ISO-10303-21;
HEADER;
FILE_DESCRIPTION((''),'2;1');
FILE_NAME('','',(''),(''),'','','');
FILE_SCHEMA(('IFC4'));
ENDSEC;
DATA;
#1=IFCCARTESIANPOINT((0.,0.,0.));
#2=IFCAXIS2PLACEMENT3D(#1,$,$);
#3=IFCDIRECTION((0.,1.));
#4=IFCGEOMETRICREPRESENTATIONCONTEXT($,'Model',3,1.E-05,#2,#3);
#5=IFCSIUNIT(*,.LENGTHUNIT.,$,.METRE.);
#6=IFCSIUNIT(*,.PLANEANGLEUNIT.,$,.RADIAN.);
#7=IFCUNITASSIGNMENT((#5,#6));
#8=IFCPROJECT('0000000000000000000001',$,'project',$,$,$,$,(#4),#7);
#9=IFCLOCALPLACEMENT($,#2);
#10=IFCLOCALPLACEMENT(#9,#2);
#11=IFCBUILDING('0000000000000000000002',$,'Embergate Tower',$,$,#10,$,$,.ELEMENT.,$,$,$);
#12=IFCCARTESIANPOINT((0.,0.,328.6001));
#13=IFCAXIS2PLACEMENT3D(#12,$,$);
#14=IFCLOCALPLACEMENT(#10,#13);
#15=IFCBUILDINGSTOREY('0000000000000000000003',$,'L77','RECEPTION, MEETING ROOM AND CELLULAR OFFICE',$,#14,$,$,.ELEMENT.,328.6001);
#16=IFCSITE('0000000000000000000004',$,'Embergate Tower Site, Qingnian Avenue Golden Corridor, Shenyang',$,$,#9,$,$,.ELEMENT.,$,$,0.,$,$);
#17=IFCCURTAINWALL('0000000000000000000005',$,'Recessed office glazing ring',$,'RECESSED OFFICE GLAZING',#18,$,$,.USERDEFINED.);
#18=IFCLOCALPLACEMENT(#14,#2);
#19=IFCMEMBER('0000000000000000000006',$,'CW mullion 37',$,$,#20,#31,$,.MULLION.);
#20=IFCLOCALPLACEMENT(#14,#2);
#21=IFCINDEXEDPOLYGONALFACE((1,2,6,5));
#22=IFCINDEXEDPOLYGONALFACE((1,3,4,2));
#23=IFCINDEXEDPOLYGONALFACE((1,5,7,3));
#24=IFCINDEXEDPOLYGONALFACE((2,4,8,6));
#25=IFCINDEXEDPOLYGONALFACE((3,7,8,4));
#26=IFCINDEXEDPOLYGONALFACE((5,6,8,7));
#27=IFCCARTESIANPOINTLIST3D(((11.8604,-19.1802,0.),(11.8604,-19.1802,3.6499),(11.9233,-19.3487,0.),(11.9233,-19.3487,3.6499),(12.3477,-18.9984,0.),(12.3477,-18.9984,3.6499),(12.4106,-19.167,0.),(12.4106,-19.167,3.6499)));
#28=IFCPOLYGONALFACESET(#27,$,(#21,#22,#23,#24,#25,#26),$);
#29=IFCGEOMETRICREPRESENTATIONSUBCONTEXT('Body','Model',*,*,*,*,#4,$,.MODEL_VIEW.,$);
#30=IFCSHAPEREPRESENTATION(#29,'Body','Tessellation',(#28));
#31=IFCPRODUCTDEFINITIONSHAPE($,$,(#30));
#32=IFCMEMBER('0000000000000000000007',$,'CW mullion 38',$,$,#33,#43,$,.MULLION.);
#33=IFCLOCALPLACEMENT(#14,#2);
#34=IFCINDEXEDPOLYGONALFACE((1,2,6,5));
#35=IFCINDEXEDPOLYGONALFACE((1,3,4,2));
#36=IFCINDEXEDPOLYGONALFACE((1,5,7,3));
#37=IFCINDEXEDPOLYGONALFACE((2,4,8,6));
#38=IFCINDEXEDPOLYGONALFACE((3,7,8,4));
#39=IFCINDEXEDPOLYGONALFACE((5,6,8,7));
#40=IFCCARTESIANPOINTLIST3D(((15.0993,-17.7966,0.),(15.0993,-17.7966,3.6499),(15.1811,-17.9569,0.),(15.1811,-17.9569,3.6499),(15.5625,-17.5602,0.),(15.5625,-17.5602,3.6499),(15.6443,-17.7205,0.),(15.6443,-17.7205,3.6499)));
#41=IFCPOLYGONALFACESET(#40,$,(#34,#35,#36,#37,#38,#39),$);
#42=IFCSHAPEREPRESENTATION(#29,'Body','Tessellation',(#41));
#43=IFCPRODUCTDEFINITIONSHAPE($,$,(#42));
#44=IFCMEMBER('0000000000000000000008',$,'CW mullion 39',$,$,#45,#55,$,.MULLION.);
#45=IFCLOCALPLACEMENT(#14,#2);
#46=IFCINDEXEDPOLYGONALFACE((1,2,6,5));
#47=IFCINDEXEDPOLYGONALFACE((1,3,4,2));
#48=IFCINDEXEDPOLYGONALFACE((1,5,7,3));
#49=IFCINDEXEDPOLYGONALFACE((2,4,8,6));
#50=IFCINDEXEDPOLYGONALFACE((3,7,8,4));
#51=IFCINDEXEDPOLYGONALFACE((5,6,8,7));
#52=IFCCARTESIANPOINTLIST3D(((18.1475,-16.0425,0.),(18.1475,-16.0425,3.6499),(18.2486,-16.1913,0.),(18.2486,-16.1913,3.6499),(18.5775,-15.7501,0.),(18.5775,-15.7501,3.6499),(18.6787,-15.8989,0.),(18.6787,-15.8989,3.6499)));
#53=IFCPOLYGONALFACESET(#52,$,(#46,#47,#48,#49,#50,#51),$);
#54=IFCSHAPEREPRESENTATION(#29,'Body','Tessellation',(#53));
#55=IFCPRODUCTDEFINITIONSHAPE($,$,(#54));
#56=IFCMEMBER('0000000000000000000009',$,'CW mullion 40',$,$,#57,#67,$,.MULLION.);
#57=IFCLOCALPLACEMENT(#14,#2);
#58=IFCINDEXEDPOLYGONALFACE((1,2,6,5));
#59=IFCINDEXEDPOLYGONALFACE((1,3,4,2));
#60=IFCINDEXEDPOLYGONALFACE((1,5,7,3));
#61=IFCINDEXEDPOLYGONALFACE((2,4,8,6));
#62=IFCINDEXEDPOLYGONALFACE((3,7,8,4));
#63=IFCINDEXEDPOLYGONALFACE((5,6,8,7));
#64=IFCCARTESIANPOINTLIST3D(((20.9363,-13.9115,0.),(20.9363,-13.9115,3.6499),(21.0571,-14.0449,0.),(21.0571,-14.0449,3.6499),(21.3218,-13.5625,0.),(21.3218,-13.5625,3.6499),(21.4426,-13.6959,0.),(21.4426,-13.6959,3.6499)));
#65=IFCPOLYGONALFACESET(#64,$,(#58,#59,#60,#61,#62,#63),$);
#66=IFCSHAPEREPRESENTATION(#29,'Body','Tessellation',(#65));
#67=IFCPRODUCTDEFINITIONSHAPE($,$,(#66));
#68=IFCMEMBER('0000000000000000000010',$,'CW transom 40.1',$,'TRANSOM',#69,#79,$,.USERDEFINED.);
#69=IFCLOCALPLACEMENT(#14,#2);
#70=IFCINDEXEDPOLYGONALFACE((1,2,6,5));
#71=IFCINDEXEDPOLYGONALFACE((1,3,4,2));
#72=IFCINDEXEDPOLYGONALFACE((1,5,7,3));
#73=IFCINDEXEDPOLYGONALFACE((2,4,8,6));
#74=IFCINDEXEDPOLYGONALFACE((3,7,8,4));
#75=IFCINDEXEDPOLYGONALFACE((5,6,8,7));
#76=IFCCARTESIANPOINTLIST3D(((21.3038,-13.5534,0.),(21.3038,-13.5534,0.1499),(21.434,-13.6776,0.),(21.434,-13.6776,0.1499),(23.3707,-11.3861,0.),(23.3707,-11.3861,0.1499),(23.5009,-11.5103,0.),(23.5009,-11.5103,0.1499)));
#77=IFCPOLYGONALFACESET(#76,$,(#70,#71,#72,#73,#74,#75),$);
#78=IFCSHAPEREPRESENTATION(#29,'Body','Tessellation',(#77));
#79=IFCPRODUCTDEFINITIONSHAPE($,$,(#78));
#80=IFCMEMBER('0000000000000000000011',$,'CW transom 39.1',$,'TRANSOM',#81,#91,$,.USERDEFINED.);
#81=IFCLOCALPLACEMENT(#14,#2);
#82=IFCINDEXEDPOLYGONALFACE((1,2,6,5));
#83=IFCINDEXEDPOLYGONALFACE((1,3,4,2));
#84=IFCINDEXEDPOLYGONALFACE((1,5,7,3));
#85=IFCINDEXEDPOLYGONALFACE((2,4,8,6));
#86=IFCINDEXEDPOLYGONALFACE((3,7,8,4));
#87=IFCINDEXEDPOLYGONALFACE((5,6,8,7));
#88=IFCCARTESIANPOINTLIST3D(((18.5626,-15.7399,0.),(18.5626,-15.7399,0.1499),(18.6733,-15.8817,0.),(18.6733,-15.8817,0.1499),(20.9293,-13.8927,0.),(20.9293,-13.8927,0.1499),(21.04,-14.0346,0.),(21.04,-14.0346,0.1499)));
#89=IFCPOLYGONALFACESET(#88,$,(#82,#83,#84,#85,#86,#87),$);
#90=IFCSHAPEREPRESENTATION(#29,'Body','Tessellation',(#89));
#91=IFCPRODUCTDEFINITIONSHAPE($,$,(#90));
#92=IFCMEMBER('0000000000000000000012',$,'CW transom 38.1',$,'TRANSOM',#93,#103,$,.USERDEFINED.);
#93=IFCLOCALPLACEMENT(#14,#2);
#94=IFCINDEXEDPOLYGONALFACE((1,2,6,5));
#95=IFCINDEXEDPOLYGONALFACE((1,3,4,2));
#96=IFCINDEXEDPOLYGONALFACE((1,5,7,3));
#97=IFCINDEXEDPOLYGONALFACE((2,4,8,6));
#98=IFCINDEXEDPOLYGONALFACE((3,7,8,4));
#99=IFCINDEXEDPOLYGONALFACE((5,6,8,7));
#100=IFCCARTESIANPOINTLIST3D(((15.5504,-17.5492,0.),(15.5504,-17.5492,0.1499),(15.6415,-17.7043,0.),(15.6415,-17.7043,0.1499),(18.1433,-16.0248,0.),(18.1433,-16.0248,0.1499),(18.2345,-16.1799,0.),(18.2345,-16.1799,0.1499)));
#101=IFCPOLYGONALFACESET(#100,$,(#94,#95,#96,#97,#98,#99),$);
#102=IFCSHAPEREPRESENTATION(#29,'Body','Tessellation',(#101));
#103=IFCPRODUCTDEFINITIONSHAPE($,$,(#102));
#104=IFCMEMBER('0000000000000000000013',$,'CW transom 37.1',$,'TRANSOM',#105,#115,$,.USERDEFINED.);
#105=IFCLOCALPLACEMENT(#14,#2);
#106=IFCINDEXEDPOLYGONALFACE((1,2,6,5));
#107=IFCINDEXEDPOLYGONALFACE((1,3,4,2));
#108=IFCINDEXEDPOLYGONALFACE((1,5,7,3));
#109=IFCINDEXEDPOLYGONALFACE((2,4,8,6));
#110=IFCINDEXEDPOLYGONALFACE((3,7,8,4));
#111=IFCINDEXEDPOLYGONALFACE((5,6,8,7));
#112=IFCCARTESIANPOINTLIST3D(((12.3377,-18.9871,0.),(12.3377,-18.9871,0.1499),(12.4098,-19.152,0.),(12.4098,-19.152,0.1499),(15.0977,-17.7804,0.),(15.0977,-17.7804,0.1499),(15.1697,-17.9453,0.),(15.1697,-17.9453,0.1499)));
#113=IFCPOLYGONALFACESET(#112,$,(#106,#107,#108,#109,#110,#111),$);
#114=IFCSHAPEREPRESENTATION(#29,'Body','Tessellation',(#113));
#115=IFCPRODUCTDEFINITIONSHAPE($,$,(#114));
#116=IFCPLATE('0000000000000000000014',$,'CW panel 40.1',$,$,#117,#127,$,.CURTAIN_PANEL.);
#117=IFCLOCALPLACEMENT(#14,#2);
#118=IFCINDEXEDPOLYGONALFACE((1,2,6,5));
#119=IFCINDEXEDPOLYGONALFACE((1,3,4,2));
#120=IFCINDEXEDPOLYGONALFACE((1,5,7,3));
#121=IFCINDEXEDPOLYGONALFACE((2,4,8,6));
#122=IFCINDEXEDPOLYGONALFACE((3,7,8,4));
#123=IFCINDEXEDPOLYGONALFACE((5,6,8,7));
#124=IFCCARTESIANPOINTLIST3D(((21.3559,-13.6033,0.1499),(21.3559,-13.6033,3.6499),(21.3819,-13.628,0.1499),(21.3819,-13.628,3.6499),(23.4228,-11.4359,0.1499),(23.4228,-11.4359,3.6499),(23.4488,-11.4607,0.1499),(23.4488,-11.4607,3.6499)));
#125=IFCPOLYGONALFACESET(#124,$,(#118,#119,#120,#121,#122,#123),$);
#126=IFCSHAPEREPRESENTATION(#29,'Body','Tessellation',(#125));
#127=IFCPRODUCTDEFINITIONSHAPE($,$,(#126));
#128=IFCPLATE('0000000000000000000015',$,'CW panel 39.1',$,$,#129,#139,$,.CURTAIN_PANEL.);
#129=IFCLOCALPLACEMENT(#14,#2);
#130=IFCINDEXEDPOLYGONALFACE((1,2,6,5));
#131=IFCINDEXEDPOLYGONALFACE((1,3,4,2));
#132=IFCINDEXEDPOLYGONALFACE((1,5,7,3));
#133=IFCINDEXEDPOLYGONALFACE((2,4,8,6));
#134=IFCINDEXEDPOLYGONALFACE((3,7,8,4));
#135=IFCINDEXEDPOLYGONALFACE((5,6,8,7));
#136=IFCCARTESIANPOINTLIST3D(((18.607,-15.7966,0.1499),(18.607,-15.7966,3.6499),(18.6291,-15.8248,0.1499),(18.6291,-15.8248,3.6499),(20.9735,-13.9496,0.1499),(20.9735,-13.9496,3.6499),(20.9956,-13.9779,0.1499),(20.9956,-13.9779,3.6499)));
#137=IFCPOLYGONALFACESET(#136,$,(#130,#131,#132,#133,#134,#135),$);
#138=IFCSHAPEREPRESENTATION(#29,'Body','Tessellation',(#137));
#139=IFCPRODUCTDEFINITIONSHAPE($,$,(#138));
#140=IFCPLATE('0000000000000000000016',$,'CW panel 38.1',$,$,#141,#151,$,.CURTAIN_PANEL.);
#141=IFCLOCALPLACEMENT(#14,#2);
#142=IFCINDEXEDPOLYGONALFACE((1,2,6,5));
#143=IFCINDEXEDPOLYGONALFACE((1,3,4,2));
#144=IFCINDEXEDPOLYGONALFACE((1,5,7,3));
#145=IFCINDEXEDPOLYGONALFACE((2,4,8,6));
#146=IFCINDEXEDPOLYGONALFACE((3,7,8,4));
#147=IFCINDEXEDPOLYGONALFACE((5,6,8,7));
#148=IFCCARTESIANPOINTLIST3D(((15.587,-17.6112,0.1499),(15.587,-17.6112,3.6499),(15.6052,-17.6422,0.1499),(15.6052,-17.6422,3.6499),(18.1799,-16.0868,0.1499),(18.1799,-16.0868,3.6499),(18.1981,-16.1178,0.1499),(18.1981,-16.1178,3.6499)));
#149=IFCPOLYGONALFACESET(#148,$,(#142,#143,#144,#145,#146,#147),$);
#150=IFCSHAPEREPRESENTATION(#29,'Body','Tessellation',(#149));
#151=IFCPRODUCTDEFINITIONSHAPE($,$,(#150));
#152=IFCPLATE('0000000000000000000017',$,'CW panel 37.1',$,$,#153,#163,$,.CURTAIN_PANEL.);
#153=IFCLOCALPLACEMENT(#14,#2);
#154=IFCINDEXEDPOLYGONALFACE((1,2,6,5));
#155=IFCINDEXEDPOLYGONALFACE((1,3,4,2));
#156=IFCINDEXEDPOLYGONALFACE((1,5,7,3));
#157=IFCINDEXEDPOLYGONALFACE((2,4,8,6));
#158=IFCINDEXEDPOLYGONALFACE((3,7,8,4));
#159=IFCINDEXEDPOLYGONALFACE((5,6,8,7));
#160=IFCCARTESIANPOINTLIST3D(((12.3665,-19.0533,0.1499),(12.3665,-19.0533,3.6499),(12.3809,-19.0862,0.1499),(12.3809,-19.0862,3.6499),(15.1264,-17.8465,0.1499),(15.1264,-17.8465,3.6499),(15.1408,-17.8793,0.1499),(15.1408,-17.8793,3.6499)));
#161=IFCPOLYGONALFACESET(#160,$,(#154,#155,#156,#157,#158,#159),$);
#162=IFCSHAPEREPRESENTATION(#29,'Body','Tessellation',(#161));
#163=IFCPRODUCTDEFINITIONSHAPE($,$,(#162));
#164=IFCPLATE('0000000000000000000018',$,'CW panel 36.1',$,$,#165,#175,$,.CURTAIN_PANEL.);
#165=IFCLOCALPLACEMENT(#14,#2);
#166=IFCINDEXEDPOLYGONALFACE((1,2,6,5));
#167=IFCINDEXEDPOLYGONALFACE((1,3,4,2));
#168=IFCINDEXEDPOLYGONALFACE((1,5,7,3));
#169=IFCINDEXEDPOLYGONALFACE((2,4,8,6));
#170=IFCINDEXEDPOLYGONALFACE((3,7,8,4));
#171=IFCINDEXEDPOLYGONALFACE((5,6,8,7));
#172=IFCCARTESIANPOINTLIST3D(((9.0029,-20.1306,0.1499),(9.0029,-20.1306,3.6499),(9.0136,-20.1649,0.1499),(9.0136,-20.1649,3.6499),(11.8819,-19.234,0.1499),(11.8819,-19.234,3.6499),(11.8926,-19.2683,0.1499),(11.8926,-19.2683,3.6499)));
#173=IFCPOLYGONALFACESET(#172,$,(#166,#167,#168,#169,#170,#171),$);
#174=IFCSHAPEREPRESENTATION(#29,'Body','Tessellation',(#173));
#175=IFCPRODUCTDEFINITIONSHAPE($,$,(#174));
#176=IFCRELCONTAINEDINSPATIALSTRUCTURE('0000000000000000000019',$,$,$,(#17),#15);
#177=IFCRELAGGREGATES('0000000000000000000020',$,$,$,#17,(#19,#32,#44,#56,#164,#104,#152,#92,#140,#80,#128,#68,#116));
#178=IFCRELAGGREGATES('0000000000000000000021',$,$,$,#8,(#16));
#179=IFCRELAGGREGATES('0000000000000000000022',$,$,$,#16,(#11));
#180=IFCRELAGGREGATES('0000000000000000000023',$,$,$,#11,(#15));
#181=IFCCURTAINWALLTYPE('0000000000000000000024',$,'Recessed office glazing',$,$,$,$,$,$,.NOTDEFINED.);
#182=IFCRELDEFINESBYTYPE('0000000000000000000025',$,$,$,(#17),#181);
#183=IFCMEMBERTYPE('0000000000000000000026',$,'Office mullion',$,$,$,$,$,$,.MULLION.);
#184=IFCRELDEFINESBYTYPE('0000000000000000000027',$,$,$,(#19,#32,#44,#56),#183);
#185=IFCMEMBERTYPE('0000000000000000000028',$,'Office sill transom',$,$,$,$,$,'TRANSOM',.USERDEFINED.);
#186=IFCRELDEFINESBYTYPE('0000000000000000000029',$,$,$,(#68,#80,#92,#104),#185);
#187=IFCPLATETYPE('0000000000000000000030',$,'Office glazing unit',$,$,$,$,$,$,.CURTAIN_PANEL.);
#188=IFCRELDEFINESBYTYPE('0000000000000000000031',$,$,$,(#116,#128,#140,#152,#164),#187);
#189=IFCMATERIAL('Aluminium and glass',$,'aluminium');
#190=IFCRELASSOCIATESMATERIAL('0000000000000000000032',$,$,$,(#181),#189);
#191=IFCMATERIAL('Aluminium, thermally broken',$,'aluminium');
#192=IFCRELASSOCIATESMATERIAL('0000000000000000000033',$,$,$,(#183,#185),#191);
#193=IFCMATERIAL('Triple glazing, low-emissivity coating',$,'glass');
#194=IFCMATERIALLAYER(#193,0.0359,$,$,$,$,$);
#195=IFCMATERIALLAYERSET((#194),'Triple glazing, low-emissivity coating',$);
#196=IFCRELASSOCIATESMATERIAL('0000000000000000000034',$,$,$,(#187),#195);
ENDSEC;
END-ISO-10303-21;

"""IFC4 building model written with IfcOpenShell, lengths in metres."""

from ifc_helpers import new_model, si_unit, direction, frame, origin, origin_2d, place, context, subcontext, project, spatial, rectangle, extrude, source, transform, mapped, material, layer, layer_set, material_profile, profile_set, type_object, element, aggregate, save


model = new_model("IFC4")

# Units and contexts
model_context = context("Model", 3, precision=1e-05, world=origin(), true_north=direction((0.0, 1.0)))
body_context = subcontext(model_context, "Body", "Model", "MODEL_VIEW")
ifc_project = project(units=[si_unit("LENGTHUNIT", "METRE"), si_unit("PLANEANGLEUNIT", "RADIAN")], contexts=[model_context])

# Site, building, storey
site_placement = place(None, origin())
site = spatial("IfcSite", under=ifc_project, at=site_placement, Name="Embergate Tower Site, Qingnian Avenue Golden Corridor, Shenyang", CompositionType="ELEMENT", RefElevation=0.0)
building_placement = place(site_placement, origin())
building = spatial("IfcBuilding", under=site, at=building_placement, Name="Embergate Tower", CompositionType="ELEMENT")
storey_placement = place(building_placement, frame((0.0, 0.0, 328.6001)))
storey = spatial("IfcBuildingStorey", under=building, at=storey_placement, Name="L77", Description="RECEPTION, MEETING ROOM AND CELLULAR OFFICE", CompositionType="ELEMENT", Elevation=328.6001)

# Curtain wall, members, plates
ifc_material_1 = material(Name="Aluminium and glass", Category="aluminium")
curtain_wall_type = type_object("IfcCurtainWallType", Name="Recessed office glazing", PredefinedType="NOTDEFINED", material=ifc_material_1)
curtain_wall_placement = place(storey_placement, origin())
curtain_wall = element("IfcCurtainWall", 1, at=curtain_wall_placement, inside=storey, type_object=curtain_wall_type, Name="Recessed office glazing ring", ObjectType="RECESSED OFFICE GLAZING", PredefinedType="USERDEFINED")
ifc_material_2 = material(Name="Aluminium, thermally broken", Category="aluminium")
ifc_material_profile_1 = material_profile(ifc_material_2, rectangle(XDim=0.1799, YDim=0.52, at=origin_2d()), Name="AL 520x180")
ifc_profile_set_1 = profile_set([ifc_material_profile_1], Name="Aluminium, thermally broken")
member_type_1 = type_object("IfcMemberType", Name="Office mullion", PredefinedType="MULLION", material=ifc_profile_set_1)
shared_shape_1 = source(origin(), body_context, "Body", "SweptSolid", [
    extrude(rectangle(XDim=0.1799, YDim=0.52, at=origin_2d()), origin(), (0.0, 0.0, 1.0), 3.6499),
])
member_1_placement = place(storey_placement, frame((12.1355, -19.1736, 0.0), z_axis=(0.0, 0.0, 1.0), x_axis=(-0.349496, 0.936938, 0.0)))
member_1 = element("IfcMember", 2, at=member_1_placement, type_object=member_type_1, Name="CW mullion 37", PredefinedType="MULLION", context=body_context, shape_type="MappedRepresentation", body=[
    mapped(shared_shape_1, transform((0.0, 0.0, 0.0))),
])
member_2_placement = place(storey_placement, frame((15.3718, -17.7585, 0.0), z_axis=(0.0, 0.0, 1.0), x_axis=(-0.454502, 0.890746, 0.0)))
member_2 = element("IfcMember", 3, at=member_2_placement, type_object=member_type_1, Name="CW mullion 38", PredefinedType="MULLION", context=body_context, shape_type="MappedRepresentation", body=[
    mapped(shared_shape_1, transform((0.0, 0.0, 0.0))),
])
member_3_placement = place(storey_placement, frame((18.4131, -15.9707, 0.0), z_axis=(0.0, 0.0, 1.0), x_axis=(-0.562205, 0.826998, 0.0)))
member_3 = element("IfcMember", 4, at=member_3_placement, type_object=member_type_1, Name="CW mullion 39", PredefinedType="MULLION", context=body_context, shape_type="MappedRepresentation", body=[
    mapped(shared_shape_1, transform((0.0, 0.0, 0.0))),
])
member_4_placement = place(storey_placement, frame((21.1895, -13.8037, 0.0), z_axis=(0.0, 0.0, 1.0), x_axis=(-0.671212, 0.741265, 0.0)))
member_4 = element("IfcMember", 5, at=member_4_placement, type_object=member_type_1, Name="CW mullion 40", PredefinedType="MULLION", context=body_context, shape_type="MappedRepresentation", body=[
    mapped(shared_shape_1, transform((0.0, 0.0, 0.0))),
])
ifc_material_profile_2 = material_profile(ifc_material_2, rectangle(XDim=0.1799, YDim=0.1499, at=origin_2d()), Name="AL 150x180")
ifc_profile_set_2 = profile_set([ifc_material_profile_2], Name="Aluminium, thermally broken")
member_type_2 = type_object("IfcMemberType", Name="Office sill transom", ElementType="TRANSOM", PredefinedType="USERDEFINED", material=ifc_profile_set_2)
shared_shape_2 = source(origin(), body_context, "Body", "SweptSolid", [
    extrude(rectangle(XDim=0.1799, YDim=0.1499, at=origin_2d()), origin(), (0.0, 0.0, 1.0), 2.9949),
])
member_5_placement = place(storey_placement, frame((21.3689, -13.6155, 0.075), z_axis=(0.690156, 0.723661, 0.0), x_axis=(-0.723661, 0.690156, 0.0)))
member_5 = element("IfcMember", 6, at=member_5_placement, type_object=member_type_2, Name="CW transom 40.1", ObjectType="TRANSOM", PredefinedType="USERDEFINED", context=body_context, shape_type="MappedRepresentation", body=[
    mapped(shared_shape_2, transform((0.0, 0.0, 0.0))),
])
shared_shape_3 = source(origin(), body_context, "Body", "SweptSolid", [
    extrude(rectangle(XDim=0.1799, YDim=0.1499, at=origin_2d()), origin(), (0.0, 0.0, 1.0), 3.0022),
])
member_6_placement = place(storey_placement, frame((18.6179, -15.8108, 0.075), z_axis=(0.788318, 0.615268, 0.0), x_axis=(-0.615268, 0.788318, 0.0)))
member_6 = element("IfcMember", 7, at=member_6_placement, type_object=member_type_2, Name="CW transom 39.1", ObjectType="TRANSOM", PredefinedType="USERDEFINED", context=body_context, shape_type="MappedRepresentation", body=[
    mapped(shared_shape_3, transform((0.0, 0.0, 0.0))),
])
shared_shape_4 = source(origin(), body_context, "Body", "SweptSolid", [
    extrude(rectangle(XDim=0.1799, YDim=0.1499, at=origin_2d()), origin(), (0.0, 0.0, 1.0), 3.0078),
])
member_7_placement = place(storey_placement, frame((15.5959, -17.6267, 0.075), z_axis=(0.862064, 0.5068, 0.0), x_axis=(-0.5068, 0.862064, 0.0)))
member_7 = element("IfcMember", 8, at=member_7_placement, type_object=member_type_2, Name="CW transom 38.1", ObjectType="TRANSOM", PredefinedType="USERDEFINED", context=body_context, shape_type="MappedRepresentation", body=[
    mapped(shared_shape_4, transform((0.0, 0.0, 0.0))),
])
shared_shape_5 = source(origin(), body_context, "Body", "SweptSolid", [
    extrude(rectangle(XDim=0.1799, YDim=0.1499, at=origin_2d()), origin(), (0.0, 0.0, 1.0), 3.0122),
])
member_8_placement = place(storey_placement, frame((12.3738, -19.0696, 0.075), z_axis=(0.916245, 0.400619, 0.0), x_axis=(-0.400619, 0.916245, 0.0)))
member_8 = element("IfcMember", 9, at=member_8_placement, type_object=member_type_2, Name="CW transom 37.1", ObjectType="TRANSOM", PredefinedType="USERDEFINED", context=body_context, shape_type="MappedRepresentation", body=[
    mapped(shared_shape_5, transform((0.0, 0.0, 0.0))),
])
ifc_material_3 = material(Name="Triple glazing, low-emissivity coating", Category="glass")
ifc_layer_1 = layer(ifc_material_3, 0.0359)
ifc_layer_set_1 = layer_set([ifc_layer_1], Name="Triple glazing, low-emissivity coating")
plate_type = type_object("IfcPlateType", Name="Office glazing unit", PredefinedType="CURTAIN_PANEL", material=ifc_layer_set_1)
shared_shape_6 = source(origin(), body_context, "Body", "SweptSolid", [
    extrude(rectangle(XDim=2.9949, YDim=0.0359, at=origin_2d()), origin(), (0.0, 0.0, 1.0), 3.5),
])
plate_1_placement = place(storey_placement, frame((22.4023, -12.532, 0.1499), z_axis=(0.0, 0.0, 1.0), x_axis=(0.690138, 0.723678, 0.0)))
plate_1 = element("IfcPlate", 10, at=plate_1_placement, type_object=plate_type, Name="CW panel 40.1", PredefinedType="CURTAIN_PANEL", context=body_context, shape_type="MappedRepresentation", body=[
    mapped(shared_shape_6, transform((0.0, 0.0, 0.0))),
])
shared_shape_7 = source(origin(), body_context, "Body", "SweptSolid", [
    extrude(rectangle(XDim=3.002, YDim=0.0359, at=origin_2d()), origin(), (0.0, 0.0, 1.0), 3.5),
])
plate_2_placement = place(storey_placement, frame((19.8013, -14.8872, 0.1499), z_axis=(0.0, 0.0, 1.0), x_axis=(0.788322, 0.615263, 0.0)))
plate_2 = element("IfcPlate", 11, at=plate_2_placement, type_object=plate_type, Name="CW panel 39.1", PredefinedType="CURTAIN_PANEL", context=body_context, shape_type="MappedRepresentation", body=[
    mapped(shared_shape_7, transform((0.0, 0.0, 0.0))),
])
shared_shape_8 = source(origin(), body_context, "Body", "SweptSolid", [
    extrude(rectangle(XDim=3.0078, YDim=0.0359, at=origin_2d()), origin(), (0.0, 0.0, 1.0), 3.5),
])
plate_3_placement = place(storey_placement, frame((16.8926, -16.8645, 0.1499), z_axis=(0.0, 0.0, 1.0), x_axis=(0.862054, 0.506816, 0.0)))
plate_3 = element("IfcPlate", 12, at=plate_3_placement, type_object=plate_type, Name="CW panel 38.1", PredefinedType="CURTAIN_PANEL", context=body_context, shape_type="MappedRepresentation", body=[
    mapped(shared_shape_8, transform((0.0, 0.0, 0.0))),
])
shared_shape_9 = source(origin(), body_context, "Body", "SweptSolid", [
    extrude(rectangle(XDim=3.0122, YDim=0.0359, at=origin_2d()), origin(), (0.0, 0.0, 1.0), 3.5),
])
plate_4_placement = place(storey_placement, frame((13.7537, -18.4663, 0.1499), z_axis=(0.0, 0.0, 1.0), x_axis=(0.916236, 0.400638, 0.0)))
plate_4 = element("IfcPlate", 13, at=plate_4_placement, type_object=plate_type, Name="CW panel 37.1", PredefinedType="CURTAIN_PANEL", context=body_context, shape_type="MappedRepresentation", body=[
    mapped(shared_shape_9, transform((0.0, 0.0, 0.0))),
])
shared_shape_10 = source(origin(), body_context, "Body", "SweptSolid", [
    extrude(rectangle(XDim=3.0154, YDim=0.0359, at=origin_2d()), origin(), (0.0, 0.0, 1.0), 3.5),
])
plate_5_placement = place(storey_placement, frame((10.4478, -19.6995, 0.1499), z_axis=(0.0, 0.0, 1.0), x_axis=(0.954772, 0.297338, 0.0)))
plate_5 = element("IfcPlate", 14, at=plate_5_placement, type_object=plate_type, Name="CW panel 36.1", PredefinedType="CURTAIN_PANEL", context=body_context, shape_type="MappedRepresentation", body=[
    mapped(shared_shape_10, transform((0.0, 0.0, 0.0))),
])
aggregate(curtain_wall, [member_1, member_2, member_3, member_4, plate_5, member_8, plate_4, member_7, plate_3, member_6, plate_2, member_5, plate_1])

save(model, "model.ifc")
